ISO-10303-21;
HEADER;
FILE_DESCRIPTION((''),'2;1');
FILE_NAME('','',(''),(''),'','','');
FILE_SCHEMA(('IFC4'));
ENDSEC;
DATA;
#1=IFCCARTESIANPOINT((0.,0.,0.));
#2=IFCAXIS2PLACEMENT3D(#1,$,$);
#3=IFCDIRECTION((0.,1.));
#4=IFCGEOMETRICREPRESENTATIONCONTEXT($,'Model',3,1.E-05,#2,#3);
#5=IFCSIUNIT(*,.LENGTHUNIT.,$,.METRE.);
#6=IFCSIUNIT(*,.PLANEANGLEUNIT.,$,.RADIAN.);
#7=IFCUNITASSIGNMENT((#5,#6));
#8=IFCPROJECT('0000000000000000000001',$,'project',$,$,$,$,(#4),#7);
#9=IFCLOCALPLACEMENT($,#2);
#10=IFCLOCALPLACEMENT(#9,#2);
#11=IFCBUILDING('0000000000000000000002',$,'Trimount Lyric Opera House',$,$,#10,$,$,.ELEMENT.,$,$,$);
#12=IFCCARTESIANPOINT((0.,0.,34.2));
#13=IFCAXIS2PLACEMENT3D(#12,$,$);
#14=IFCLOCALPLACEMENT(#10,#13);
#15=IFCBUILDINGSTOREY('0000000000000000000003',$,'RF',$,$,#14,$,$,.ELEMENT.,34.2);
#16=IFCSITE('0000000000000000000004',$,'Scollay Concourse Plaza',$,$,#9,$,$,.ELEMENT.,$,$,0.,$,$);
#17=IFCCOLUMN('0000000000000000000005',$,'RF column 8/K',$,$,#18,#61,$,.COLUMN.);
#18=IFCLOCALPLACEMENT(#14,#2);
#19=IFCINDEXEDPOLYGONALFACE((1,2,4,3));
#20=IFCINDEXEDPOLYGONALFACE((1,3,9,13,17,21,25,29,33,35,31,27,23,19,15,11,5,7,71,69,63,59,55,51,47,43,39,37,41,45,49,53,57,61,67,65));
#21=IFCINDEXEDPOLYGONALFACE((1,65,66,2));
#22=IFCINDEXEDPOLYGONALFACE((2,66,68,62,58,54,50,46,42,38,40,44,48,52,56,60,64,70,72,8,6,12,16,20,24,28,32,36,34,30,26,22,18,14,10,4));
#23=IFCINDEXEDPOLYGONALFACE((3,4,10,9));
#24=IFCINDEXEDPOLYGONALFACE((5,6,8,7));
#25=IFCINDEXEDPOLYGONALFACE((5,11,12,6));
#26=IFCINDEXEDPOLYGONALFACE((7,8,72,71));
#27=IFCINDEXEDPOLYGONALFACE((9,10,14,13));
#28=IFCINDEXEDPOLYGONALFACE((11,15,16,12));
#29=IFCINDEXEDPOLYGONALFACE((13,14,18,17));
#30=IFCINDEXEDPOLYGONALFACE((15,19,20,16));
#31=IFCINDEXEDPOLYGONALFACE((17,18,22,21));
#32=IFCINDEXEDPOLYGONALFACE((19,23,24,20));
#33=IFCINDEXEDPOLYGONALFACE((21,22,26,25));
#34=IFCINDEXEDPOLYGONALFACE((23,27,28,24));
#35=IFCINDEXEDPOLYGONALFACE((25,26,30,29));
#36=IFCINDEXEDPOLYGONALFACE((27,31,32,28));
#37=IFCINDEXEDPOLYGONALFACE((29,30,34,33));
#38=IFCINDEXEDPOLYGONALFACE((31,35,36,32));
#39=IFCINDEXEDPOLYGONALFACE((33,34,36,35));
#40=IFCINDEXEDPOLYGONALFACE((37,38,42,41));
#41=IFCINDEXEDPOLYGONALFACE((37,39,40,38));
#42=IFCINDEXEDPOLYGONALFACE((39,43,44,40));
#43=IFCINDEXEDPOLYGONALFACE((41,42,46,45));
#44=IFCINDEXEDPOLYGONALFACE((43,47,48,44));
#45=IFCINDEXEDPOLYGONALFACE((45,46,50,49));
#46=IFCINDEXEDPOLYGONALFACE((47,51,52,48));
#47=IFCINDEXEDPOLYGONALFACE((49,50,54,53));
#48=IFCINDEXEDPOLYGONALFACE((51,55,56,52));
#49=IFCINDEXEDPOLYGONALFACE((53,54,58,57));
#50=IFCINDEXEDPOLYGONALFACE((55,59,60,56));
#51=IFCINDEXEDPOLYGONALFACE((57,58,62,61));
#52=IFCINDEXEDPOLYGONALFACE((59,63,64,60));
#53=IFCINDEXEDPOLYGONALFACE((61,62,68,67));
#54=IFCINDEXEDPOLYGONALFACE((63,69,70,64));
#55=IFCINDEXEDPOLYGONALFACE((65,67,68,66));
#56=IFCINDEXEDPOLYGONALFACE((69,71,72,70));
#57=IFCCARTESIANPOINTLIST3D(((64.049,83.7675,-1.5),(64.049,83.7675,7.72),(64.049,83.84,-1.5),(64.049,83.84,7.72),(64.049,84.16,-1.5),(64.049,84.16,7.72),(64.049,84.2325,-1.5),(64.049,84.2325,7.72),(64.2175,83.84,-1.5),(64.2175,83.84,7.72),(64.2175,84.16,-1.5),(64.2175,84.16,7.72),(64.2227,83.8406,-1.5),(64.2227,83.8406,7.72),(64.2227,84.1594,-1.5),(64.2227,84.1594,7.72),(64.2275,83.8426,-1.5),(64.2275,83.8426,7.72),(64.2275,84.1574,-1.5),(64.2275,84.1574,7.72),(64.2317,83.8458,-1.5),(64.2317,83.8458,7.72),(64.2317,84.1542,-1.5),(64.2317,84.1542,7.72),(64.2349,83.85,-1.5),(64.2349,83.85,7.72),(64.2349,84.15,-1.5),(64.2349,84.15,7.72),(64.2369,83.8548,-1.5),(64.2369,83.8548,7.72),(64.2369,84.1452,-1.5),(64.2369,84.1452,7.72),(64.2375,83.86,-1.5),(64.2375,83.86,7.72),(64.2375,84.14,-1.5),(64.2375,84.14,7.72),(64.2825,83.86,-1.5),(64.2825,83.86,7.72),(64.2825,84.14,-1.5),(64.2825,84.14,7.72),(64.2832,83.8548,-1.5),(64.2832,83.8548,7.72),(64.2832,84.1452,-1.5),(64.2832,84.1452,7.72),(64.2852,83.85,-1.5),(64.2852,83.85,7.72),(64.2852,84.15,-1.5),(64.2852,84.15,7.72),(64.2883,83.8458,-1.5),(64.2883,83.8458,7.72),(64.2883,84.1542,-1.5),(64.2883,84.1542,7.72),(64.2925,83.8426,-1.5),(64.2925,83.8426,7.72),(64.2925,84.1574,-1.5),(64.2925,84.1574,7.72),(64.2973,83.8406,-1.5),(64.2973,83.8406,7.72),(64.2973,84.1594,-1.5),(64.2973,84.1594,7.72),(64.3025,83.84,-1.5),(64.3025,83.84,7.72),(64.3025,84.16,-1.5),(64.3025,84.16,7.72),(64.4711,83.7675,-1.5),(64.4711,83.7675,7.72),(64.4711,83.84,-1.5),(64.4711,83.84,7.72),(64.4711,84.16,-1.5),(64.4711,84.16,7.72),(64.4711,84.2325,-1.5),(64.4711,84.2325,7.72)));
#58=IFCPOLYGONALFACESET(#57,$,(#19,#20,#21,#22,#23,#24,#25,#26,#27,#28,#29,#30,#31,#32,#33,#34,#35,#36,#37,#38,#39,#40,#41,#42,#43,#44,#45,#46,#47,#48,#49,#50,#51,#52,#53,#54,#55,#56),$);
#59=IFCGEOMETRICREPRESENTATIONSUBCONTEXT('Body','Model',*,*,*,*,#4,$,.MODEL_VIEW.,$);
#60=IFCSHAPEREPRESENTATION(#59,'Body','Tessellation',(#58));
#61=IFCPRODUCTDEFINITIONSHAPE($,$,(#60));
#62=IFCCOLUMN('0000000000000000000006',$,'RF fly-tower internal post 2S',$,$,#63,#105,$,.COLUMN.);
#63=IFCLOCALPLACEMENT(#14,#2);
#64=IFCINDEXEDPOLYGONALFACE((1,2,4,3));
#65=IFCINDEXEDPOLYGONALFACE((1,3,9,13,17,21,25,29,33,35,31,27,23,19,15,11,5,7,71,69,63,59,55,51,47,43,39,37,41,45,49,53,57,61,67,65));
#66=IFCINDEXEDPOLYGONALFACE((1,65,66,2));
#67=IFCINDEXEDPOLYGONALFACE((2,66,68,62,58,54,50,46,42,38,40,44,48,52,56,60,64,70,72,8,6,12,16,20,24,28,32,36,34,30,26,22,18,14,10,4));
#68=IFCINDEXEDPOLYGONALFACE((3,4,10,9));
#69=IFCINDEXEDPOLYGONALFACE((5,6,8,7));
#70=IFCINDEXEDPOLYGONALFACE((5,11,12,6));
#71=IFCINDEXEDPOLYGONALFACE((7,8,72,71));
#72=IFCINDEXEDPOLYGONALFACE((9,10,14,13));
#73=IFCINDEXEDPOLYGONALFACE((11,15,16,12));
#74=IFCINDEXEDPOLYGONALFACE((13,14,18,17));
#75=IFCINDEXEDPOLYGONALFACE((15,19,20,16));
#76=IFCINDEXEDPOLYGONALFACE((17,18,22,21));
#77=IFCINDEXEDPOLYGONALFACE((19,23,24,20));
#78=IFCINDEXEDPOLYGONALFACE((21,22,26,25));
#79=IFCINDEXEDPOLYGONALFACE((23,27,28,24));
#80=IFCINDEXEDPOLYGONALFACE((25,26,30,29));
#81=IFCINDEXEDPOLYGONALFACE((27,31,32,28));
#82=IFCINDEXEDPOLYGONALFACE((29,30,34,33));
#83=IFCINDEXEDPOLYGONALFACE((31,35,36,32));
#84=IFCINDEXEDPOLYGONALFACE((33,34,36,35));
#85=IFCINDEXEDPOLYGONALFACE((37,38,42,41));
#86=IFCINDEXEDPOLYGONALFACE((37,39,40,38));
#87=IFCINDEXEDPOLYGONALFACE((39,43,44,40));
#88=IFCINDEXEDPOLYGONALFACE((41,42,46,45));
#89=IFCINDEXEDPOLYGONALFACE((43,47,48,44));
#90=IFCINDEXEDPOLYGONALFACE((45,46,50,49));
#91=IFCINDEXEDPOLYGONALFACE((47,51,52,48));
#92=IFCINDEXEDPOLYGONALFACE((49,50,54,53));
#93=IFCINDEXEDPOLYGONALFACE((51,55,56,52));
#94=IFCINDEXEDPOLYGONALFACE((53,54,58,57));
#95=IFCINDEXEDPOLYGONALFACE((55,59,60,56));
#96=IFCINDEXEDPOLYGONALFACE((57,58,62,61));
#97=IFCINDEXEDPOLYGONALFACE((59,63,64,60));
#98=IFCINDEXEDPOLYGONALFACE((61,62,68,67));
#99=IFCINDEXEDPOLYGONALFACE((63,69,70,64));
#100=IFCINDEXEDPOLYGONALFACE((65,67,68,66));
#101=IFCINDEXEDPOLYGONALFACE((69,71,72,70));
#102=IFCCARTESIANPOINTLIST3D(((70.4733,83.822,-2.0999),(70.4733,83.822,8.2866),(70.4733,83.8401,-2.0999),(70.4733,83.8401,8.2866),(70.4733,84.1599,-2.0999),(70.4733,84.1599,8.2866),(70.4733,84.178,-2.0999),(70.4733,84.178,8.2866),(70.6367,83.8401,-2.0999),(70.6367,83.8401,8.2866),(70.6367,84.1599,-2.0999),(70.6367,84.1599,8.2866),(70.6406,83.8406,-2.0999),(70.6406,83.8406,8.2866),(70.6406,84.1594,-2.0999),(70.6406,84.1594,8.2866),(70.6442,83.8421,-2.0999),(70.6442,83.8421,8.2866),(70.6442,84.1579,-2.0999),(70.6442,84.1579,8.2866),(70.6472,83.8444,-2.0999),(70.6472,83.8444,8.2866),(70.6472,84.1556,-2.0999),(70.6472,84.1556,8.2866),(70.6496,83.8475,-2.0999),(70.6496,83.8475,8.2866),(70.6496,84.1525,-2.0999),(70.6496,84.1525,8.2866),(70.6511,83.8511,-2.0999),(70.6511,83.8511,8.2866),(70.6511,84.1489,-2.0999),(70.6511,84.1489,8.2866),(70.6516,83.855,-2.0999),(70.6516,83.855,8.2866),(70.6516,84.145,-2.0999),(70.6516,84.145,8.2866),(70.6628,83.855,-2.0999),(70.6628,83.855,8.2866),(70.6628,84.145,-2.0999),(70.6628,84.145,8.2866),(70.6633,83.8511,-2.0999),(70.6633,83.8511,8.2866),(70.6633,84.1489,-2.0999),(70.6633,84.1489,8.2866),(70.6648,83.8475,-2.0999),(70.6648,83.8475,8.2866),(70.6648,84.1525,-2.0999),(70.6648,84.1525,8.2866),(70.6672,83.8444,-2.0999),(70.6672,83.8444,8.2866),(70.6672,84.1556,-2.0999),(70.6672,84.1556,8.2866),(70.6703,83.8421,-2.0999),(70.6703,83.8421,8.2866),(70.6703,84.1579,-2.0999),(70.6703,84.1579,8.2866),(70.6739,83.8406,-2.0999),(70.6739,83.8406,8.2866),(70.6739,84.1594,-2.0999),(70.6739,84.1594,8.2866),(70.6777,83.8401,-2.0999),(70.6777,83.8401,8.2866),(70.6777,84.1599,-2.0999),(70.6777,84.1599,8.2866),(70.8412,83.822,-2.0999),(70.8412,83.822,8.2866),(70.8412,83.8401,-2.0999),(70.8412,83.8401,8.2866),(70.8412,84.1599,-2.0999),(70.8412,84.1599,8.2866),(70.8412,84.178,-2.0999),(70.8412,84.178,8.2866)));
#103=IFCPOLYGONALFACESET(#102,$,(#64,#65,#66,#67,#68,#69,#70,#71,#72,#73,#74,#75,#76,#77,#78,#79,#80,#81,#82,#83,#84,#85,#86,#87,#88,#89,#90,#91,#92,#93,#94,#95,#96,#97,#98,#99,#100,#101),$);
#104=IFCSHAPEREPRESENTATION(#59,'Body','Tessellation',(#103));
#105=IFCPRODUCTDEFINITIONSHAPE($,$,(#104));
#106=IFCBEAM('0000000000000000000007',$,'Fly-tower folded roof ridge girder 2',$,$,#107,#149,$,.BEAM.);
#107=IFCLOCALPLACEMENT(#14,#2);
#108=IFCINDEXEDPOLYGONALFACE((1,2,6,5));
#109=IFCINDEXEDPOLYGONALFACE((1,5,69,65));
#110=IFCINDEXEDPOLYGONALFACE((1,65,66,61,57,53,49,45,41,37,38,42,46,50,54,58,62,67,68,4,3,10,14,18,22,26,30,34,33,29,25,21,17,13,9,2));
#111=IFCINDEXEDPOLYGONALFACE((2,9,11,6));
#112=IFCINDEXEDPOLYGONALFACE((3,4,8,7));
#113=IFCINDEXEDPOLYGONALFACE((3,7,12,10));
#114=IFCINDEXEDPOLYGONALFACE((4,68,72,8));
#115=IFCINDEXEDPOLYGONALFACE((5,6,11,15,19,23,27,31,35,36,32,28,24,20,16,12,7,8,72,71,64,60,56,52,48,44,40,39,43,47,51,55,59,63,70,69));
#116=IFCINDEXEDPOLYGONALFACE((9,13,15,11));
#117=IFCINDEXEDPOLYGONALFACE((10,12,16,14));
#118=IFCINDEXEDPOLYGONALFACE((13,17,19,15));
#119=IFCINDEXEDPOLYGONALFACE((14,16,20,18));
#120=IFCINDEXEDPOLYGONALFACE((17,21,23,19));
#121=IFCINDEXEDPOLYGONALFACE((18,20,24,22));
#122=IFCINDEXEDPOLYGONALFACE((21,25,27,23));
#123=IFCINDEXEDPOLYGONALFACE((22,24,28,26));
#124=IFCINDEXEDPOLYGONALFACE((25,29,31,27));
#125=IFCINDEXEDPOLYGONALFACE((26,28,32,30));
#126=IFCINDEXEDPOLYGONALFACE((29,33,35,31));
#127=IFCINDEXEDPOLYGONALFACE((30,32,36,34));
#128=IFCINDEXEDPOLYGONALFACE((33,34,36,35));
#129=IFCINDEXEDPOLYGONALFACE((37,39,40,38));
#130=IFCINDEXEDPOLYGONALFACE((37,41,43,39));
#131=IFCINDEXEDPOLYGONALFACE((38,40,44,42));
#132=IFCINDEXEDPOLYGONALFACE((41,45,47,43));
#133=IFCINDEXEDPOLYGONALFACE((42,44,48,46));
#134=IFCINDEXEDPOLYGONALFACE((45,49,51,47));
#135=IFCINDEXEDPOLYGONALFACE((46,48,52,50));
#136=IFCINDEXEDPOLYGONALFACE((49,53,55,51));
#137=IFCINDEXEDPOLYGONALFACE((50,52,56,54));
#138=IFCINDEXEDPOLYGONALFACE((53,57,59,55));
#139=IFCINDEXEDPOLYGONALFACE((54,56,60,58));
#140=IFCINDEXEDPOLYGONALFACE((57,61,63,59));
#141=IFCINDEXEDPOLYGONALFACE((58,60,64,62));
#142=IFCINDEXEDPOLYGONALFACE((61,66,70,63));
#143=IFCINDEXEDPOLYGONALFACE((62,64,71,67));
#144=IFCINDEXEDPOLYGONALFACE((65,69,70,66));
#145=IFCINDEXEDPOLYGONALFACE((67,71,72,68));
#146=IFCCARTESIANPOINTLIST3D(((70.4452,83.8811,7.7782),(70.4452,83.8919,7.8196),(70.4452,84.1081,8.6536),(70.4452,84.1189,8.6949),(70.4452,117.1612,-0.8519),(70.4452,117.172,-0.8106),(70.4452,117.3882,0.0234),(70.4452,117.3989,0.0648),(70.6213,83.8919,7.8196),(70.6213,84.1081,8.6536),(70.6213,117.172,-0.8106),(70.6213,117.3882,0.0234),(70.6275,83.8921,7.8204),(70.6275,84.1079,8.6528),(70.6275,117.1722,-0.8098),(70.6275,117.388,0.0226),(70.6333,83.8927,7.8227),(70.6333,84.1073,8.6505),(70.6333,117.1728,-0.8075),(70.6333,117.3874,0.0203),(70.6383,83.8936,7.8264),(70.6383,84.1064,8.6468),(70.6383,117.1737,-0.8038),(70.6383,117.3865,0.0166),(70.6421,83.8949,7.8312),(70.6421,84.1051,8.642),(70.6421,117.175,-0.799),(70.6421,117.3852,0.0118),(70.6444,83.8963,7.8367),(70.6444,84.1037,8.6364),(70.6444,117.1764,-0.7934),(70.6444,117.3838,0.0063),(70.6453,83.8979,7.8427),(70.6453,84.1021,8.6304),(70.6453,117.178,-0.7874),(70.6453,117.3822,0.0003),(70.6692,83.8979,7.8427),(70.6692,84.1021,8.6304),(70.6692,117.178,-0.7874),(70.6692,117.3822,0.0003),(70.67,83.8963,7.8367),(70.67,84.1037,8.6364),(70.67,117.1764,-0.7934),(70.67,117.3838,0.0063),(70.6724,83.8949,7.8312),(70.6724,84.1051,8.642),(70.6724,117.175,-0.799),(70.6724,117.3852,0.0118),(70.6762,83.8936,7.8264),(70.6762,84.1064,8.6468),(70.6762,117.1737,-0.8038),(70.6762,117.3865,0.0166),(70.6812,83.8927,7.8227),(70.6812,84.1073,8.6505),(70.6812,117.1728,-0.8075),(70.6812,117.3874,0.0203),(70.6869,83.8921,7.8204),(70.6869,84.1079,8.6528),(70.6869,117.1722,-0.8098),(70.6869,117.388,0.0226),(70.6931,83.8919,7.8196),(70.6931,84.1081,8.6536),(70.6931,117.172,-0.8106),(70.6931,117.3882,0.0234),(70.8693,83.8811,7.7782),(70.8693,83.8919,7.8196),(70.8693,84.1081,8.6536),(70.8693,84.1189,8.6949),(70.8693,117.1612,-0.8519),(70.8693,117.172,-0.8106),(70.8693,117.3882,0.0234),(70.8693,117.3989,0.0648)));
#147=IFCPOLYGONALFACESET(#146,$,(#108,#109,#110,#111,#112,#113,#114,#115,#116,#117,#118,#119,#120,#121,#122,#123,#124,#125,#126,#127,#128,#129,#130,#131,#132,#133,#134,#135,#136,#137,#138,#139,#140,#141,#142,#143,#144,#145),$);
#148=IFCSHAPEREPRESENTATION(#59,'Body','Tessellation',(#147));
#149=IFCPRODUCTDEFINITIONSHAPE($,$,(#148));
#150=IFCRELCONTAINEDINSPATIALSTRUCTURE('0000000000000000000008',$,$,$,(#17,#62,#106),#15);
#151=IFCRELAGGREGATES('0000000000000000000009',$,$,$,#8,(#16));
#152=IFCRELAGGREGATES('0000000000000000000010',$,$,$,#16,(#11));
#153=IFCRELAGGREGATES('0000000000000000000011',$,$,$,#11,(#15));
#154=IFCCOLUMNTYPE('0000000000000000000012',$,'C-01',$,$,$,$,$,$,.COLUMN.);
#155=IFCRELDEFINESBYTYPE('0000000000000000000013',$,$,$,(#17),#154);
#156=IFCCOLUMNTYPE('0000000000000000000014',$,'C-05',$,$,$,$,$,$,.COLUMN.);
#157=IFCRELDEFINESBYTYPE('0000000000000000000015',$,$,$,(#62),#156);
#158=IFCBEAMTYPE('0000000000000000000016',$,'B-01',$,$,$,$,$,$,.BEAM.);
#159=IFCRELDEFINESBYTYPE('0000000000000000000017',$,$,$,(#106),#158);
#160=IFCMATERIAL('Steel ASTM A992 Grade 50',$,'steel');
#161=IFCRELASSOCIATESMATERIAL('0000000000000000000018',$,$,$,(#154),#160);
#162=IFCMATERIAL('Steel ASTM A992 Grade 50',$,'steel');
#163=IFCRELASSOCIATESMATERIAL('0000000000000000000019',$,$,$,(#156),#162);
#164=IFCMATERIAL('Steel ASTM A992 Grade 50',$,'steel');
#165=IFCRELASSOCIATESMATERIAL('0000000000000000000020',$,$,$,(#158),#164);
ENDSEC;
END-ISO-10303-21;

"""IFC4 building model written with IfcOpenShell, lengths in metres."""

from ifc_helpers import new_model, si_unit, direction, frame, origin, origin_2d, place, context, subcontext, project, spatial, i_section, extrude, material, material_profile, profile_set, type_object, element, save


model = new_model("IFC4")

# Units and contexts
model_context = context("Model", 3, precision=1e-05, world=origin(), true_north=direction((0.0, 1.0)))
body_context = subcontext(model_context, "Body", "Model", "MODEL_VIEW")
ifc_project = project(units=[si_unit("LENGTHUNIT", "METRE"), si_unit("PLANEANGLEUNIT", "RADIAN")], contexts=[model_context])

# Site, building, storey
site_placement = place(None, origin())
site = spatial("IfcSite", under=ifc_project, at=site_placement, Name="Scollay Concourse Plaza", CompositionType="ELEMENT", RefElevation=0.0)
building_placement = place(site_placement, origin())
building = spatial("IfcBuilding", under=site, at=building_placement, Name="Trimount Lyric Opera House", CompositionType="ELEMENT")
storey_placement = place(building_placement, frame((0.0, 0.0, 34.2)))
storey = spatial("IfcBuildingStorey", under=building, at=storey_placement, Name="RF", CompositionType="ELEMENT", Elevation=34.2)

# Columns
ifc_material_1 = material(Name="Steel ASTM A992 Grade 50", Category="steel")
ifc_material_profile_1 = material_profile(ifc_material_1, i_section(OverallWidth=0.4221, OverallDepth=0.4651, WebThickness=0.0449, FlangeThickness=0.0725, FilletRadius=0.02, at=origin_2d()), Name="W14X398")
ifc_profile_set_1 = profile_set([ifc_material_profile_1], Name="Steel ASTM A992 Grade 50")
column_type_1 = type_object("IfcColumnType", Name="C-01", PredefinedType="COLUMN", material=ifc_profile_set_1)
column_1_placement = place(storey_placement, frame((64.26, 84.0, -1.5), z_axis=(0.0, 0.0, 1.0), x_axis=(1.0, 0.0, 0.0)))
element("IfcColumn", 1, at=column_1_placement, inside=storey, type_object=column_type_1, Name="RF column 8/K", PredefinedType="COLUMN", context=body_context, shape_type="SweptSolid", body=[
    extrude(i_section(OverallWidth=0.4221, OverallDepth=0.4651, WebThickness=0.0449, FlangeThickness=0.0725, FilletRadius=0.02, at=origin_2d()), origin(), (0.0, 0.0, 1.0), 9.22),
])
ifc_material_2 = material(Name="Steel ASTM A992 Grade 50", Category="steel")
ifc_material_profile_2 = material_profile(ifc_material_2, i_section(OverallWidth=0.3679, OverallDepth=0.356, WebThickness=0.0112, FlangeThickness=0.0181, FilletRadius=0.0149, at=origin_2d()), Name="W14X90")
ifc_profile_set_2 = profile_set([ifc_material_profile_2], Name="Steel ASTM A992 Grade 50")
column_type_2 = type_object("IfcColumnType", Name="C-05", PredefinedType="COLUMN", material=ifc_profile_set_2)
column_2_placement = place(storey_placement, frame((70.6572, 84.0, -2.0999), z_axis=(0.0, 0.0, 1.0), x_axis=(1.0, 0.0, 0.0)))
element("IfcColumn", 2, at=column_2_placement, inside=storey, type_object=column_type_2, Name="RF fly-tower internal post 2S", PredefinedType="COLUMN", context=body_context, shape_type="SweptSolid", body=[
    extrude(i_section(OverallWidth=0.3679, OverallDepth=0.356, WebThickness=0.0112, FlangeThickness=0.0181, FilletRadius=0.0149, at=origin_2d()), origin(), (0.0, 0.0, 1.0), 10.3865),
])

# Beam
ifc_material_3 = material(Name="Steel ASTM A992 Grade 50", Category="steel")
ifc_material_profile_3 = material_profile(ifc_material_3, i_section(OverallWidth=0.4241, OverallDepth=0.947, WebThickness=0.0239, FlangeThickness=0.0427, FilletRadius=0.0239, at=origin_2d()), Name="W36X302")
ifc_profile_set_3 = profile_set([ifc_material_profile_3], Name="Steel ASTM A992 Grade 50")
beam_type_1 = type_object("IfcBeamType", Name="B-01", PredefinedType="BEAM", material=ifc_profile_set_3)
beam_1_placement = place(storey_placement, frame((70.6572, 84.0, 8.2366), z_axis=(0.0, 0.967983, -0.251016), x_axis=(-1.0, 0.0, 0.0)))
element("IfcBeam", 3, at=beam_1_placement, inside=storey, type_object=beam_type_1, Name="Fly-tower folded roof ridge girder 2", PredefinedType="BEAM", context=body_context, shape_type="SweptSolid", body=[
    extrude(i_section(OverallWidth=0.4241, OverallDepth=0.947, WebThickness=0.0239, FlangeThickness=0.0427, FilletRadius=0.0239, at=origin_2d()), origin(), (0.0, 0.0, 1.0), 34.3809),
])

save(model, "model.ifc")
